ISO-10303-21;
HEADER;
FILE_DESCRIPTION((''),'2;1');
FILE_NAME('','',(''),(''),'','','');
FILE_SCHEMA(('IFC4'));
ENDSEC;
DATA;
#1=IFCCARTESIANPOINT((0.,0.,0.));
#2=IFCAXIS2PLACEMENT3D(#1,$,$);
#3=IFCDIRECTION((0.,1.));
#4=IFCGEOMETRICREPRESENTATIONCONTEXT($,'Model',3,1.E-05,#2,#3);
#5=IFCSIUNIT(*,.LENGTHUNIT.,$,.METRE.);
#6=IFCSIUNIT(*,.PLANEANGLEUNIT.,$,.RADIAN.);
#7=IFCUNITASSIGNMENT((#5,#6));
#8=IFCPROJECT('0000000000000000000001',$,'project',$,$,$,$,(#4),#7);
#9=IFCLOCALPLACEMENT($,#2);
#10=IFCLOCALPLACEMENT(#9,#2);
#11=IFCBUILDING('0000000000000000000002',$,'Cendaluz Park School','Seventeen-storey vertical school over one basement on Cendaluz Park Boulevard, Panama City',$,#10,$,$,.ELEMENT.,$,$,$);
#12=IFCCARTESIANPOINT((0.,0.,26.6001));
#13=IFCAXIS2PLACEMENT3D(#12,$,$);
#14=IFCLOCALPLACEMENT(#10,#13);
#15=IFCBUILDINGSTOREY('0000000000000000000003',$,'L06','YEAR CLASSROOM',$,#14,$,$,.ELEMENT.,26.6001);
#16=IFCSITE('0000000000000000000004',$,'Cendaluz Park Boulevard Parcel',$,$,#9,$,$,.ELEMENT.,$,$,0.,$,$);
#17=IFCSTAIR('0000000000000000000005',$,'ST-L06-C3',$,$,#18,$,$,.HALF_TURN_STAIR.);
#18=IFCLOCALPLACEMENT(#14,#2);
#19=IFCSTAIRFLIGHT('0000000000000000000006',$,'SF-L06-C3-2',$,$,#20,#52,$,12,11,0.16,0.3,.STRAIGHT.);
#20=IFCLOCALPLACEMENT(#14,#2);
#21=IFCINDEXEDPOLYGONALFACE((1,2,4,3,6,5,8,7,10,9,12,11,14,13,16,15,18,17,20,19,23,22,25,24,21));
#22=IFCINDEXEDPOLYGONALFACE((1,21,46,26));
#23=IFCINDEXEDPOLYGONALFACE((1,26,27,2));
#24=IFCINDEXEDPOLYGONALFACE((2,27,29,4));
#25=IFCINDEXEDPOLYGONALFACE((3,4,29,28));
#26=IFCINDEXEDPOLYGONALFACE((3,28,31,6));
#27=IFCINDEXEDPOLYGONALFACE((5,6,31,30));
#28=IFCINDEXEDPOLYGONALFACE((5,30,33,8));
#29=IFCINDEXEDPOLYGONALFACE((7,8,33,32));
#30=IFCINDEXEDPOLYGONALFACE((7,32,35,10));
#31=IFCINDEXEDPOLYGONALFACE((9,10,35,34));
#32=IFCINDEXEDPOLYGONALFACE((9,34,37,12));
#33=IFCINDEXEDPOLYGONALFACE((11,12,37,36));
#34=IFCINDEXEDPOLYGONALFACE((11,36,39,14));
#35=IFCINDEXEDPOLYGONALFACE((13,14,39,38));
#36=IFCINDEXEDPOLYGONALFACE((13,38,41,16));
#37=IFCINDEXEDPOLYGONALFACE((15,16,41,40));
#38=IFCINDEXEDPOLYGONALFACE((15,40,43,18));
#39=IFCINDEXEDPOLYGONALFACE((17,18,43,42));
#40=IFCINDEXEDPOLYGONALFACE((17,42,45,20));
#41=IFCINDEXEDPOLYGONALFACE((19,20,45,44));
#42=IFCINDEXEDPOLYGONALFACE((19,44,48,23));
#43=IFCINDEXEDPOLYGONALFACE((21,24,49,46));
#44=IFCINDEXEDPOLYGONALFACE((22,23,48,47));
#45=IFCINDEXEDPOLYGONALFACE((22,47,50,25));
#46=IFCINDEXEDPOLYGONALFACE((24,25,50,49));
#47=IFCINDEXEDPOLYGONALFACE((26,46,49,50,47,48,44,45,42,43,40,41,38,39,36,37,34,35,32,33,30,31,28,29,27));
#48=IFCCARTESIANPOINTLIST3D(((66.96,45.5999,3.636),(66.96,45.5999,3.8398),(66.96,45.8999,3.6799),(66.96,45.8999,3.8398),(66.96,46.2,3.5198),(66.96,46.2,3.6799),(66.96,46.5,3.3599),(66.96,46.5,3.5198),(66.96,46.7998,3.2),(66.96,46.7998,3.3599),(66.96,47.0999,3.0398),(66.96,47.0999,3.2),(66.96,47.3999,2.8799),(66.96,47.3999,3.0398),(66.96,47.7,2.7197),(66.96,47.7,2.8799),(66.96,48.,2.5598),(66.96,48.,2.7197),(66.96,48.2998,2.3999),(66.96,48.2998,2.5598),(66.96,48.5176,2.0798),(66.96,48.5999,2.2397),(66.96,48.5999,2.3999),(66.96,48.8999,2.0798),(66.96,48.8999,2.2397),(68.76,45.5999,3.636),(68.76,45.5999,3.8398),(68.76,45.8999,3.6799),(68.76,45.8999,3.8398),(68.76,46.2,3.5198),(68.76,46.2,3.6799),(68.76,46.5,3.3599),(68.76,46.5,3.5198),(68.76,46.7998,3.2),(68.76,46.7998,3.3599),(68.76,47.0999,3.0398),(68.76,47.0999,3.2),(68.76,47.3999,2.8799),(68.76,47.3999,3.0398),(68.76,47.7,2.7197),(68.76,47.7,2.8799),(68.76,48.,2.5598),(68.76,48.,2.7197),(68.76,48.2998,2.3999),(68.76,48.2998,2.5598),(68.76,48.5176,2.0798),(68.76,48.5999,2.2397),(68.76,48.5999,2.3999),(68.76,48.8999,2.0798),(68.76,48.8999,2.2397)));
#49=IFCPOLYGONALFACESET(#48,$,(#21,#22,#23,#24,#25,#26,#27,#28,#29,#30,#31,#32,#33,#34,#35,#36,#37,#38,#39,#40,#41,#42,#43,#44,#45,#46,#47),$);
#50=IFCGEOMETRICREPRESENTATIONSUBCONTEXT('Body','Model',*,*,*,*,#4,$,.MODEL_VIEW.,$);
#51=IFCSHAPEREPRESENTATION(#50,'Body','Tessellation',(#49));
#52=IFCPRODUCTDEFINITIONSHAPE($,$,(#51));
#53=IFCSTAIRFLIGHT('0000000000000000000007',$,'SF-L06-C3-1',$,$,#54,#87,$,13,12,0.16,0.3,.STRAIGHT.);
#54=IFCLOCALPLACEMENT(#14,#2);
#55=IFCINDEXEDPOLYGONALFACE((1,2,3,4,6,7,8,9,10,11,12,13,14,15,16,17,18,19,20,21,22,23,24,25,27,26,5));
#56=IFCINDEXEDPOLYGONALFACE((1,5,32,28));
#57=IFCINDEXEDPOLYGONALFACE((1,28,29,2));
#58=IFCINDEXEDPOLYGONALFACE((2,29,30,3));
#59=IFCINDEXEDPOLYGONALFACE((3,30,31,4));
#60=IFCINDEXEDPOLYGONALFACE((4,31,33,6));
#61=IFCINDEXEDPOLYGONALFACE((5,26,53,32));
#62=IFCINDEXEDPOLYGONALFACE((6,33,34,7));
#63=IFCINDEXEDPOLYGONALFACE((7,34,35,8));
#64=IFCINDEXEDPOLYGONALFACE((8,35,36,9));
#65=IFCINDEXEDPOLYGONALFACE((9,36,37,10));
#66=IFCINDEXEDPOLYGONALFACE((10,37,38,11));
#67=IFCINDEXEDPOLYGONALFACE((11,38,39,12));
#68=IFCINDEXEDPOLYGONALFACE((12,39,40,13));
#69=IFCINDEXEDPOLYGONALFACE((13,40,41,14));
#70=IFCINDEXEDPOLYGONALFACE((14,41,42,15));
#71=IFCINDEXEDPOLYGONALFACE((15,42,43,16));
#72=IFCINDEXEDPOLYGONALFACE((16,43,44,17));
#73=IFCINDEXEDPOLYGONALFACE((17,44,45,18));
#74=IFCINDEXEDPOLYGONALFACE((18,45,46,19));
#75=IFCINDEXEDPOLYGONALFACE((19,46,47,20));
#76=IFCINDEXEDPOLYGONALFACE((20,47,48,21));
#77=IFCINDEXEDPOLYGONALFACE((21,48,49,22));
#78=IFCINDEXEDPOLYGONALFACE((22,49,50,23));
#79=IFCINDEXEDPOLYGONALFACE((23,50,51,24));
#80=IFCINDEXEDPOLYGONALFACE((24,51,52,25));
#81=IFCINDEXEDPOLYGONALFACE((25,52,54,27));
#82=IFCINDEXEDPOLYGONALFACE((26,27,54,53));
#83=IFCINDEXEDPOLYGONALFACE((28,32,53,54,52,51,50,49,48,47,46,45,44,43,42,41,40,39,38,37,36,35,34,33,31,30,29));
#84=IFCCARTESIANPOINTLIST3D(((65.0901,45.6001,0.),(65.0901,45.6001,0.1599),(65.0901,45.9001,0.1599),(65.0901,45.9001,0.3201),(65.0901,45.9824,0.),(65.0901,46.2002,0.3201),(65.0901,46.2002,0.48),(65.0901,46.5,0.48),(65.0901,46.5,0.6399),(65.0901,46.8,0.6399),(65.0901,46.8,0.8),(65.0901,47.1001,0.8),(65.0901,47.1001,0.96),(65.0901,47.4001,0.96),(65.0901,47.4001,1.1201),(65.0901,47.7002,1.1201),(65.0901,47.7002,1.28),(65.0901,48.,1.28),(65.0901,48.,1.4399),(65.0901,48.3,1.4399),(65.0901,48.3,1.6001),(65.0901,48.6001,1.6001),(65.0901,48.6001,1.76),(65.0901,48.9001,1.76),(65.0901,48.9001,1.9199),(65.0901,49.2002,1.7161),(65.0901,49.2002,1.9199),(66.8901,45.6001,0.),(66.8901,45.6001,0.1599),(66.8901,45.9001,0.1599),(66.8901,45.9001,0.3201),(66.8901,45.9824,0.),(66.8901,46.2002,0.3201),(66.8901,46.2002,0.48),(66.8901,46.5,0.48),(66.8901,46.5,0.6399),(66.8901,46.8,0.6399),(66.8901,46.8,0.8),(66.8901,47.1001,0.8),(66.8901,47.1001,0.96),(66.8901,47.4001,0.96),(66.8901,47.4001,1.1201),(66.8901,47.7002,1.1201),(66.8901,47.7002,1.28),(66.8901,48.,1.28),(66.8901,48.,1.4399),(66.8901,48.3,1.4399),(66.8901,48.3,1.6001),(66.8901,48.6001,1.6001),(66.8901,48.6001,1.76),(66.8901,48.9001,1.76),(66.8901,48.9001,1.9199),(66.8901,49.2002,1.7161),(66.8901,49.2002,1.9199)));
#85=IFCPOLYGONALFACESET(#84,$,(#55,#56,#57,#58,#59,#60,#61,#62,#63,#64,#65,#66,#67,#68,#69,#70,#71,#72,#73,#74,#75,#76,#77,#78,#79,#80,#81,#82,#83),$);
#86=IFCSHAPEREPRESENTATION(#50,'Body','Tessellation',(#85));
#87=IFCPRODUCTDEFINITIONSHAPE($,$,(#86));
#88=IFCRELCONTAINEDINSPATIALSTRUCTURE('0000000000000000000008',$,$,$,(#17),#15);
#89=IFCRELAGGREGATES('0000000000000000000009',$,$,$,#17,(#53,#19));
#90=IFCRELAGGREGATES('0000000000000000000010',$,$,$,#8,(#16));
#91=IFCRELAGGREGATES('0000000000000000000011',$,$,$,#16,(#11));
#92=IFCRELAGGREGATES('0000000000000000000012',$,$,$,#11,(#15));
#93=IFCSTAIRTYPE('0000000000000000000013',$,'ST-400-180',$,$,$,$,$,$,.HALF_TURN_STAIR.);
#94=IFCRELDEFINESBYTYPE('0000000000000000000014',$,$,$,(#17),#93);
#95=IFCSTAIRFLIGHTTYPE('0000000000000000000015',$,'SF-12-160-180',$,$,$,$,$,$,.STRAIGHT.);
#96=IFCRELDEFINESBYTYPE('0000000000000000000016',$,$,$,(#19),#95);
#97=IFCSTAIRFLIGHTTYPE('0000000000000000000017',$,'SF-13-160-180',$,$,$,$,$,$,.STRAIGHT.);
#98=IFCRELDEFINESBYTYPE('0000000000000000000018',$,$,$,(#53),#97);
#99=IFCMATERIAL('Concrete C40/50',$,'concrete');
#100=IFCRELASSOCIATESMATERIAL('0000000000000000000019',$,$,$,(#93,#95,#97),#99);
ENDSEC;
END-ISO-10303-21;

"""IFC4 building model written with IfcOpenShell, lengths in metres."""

from ifc_helpers import new_model, si_unit, direction, frame, origin, place, context, subcontext, project, spatial, polyline, outline, extrude, material, type_object, element, aggregate, save


model = new_model("IFC4")

# Units and contexts
model_context = context("Model", 3, precision=1e-05, world=origin(), true_north=direction((0.0, 1.0)))
body_context = subcontext(model_context, "Body", "Model", "MODEL_VIEW")
ifc_project = project(units=[si_unit("LENGTHUNIT", "METRE"), si_unit("PLANEANGLEUNIT", "RADIAN")], contexts=[model_context])

# Site, building, storey
site_placement = place(None, origin())
site = spatial("IfcSite", under=ifc_project, at=site_placement, Name="Cendaluz Park Boulevard Parcel", CompositionType="ELEMENT", RefElevation=0.0)
building_placement = place(site_placement, origin())
building = spatial("IfcBuilding", under=site, at=building_placement, Name="Cendaluz Park School", Description="Seventeen-storey vertical school over one basement on Cendaluz Park Boulevard, Panama City", CompositionType="ELEMENT")
storey_placement = place(building_placement, frame((0.0, 0.0, 26.6001)))
storey = spatial("IfcBuildingStorey", under=building, at=storey_placement, Name="L06", Description="YEAR CLASSROOM", CompositionType="ELEMENT", Elevation=26.6001)

# Shared definitions
ifc_material_1 = material(Name="Concrete C40/50", Category="concrete")

# Stair, stair flights
stair_type = type_object("IfcStairType", Name="ST-400-180", PredefinedType="HALF_TURN_STAIR", material=ifc_material_1)
stair_placement = place(storey_placement, origin())
stair = element("IfcStair", 1, at=stair_placement, inside=storey, type_object=stair_type, Name="ST-L06-C3", PredefinedType="HALF_TURN_STAIR")
stair_flight_type_1 = type_object("IfcStairFlightType", Name="SF-12-160-180", PredefinedType="STRAIGHT", material=ifc_material_1)
stair_flight_1_placement = place(storey_placement, frame((67.8601, 48.8999, 2.0798), z_axis=(0.0, 0.0, 1.0), x_axis=(0.0, -1.0, 0.0)))
stair_flight_1 = element("IfcStairFlight", 2, at=stair_flight_1_placement, type_object=stair_flight_type_1, Name="SF-L06-C3-2", NumberOfRisers=12, NumberOfTreads=11, PredefinedType="STRAIGHT", RiserHeight=0.16, TreadLength=0.3, context=body_context, shape_type="SweptSolid", body=[
    extrude(outline(polyline([(0.0, 0.0), (0.0, 0.1599), (0.3, 0.1599), (0.3, 0.3201), (0.6001, 0.3201), (0.6001, 0.48), (0.8999, 0.48), (0.8999, 0.6399), (1.2, 0.6399), (1.2, 0.8), (1.5, 0.8), (1.5, 0.96), (1.8, 0.96), (1.8, 1.1201), (2.1001, 1.1201), (2.1001, 1.28), (2.3999, 1.28), (2.3999, 1.4399), (2.7, 1.4399), (2.7, 1.6001), (3.0, 1.6001), (3.0, 1.76), (3.3, 1.76), (3.3, 1.9199), (3.3, 1.5562), (0.3823, 0.0), (0.0, 0.0)])), frame((0.0, 0.8999, 0.0), z_axis=(0.0, -1.0, 0.0), x_axis=(1.0, 0.0, 0.0)), (0.0, 0.0, 1.0), 1.8),
])
stair_flight_type_2 = type_object("IfcStairFlightType", Name="SF-13-160-180", PredefinedType="STRAIGHT", material=ifc_material_1)
stair_flight_2_placement = place(storey_placement, frame((65.99, 45.6001, 0.0), z_axis=(0.0, 0.0, 1.0), x_axis=(0.0, 1.0, 0.0)))
stair_flight_2 = element("IfcStairFlight", 3, at=stair_flight_2_placement, type_object=stair_flight_type_2, Name="SF-L06-C3-1", NumberOfRisers=13, NumberOfTreads=12, PredefinedType="STRAIGHT", RiserHeight=0.16, TreadLength=0.3, context=body_context, shape_type="SweptSolid", body=[
    extrude(outline(polyline([(0.0, 0.0), (0.0, 0.1599), (0.3, 0.1599), (0.3, 0.3201), (0.6001, 0.3201), (0.6001, 0.48), (0.8999, 0.48), (0.8999, 0.6399), (1.2, 0.6399), (1.2, 0.8), (1.5, 0.8), (1.5, 0.96), (1.8, 0.96), (1.8, 1.1201), (2.1001, 1.1201), (2.1001, 1.28), (2.3999, 1.28), (2.3999, 1.4399), (2.7, 1.4399), (2.7, 1.6001), (3.0, 1.6001), (3.0, 1.76), (3.3, 1.76), (3.3, 1.9199), (3.6001, 1.9199), (3.6001, 2.0801), (3.6001, 1.7161), (0.3823, 0.0), (0.0, 0.0)])), frame((0.0, 0.8999, 0.0), z_axis=(0.0, -1.0, 0.0), x_axis=(1.0, 0.0, 0.0)), (0.0, 0.0, 1.0), 1.8),
])
aggregate(stair, [stair_flight_2, stair_flight_1])

save(model, "model.ifc")
